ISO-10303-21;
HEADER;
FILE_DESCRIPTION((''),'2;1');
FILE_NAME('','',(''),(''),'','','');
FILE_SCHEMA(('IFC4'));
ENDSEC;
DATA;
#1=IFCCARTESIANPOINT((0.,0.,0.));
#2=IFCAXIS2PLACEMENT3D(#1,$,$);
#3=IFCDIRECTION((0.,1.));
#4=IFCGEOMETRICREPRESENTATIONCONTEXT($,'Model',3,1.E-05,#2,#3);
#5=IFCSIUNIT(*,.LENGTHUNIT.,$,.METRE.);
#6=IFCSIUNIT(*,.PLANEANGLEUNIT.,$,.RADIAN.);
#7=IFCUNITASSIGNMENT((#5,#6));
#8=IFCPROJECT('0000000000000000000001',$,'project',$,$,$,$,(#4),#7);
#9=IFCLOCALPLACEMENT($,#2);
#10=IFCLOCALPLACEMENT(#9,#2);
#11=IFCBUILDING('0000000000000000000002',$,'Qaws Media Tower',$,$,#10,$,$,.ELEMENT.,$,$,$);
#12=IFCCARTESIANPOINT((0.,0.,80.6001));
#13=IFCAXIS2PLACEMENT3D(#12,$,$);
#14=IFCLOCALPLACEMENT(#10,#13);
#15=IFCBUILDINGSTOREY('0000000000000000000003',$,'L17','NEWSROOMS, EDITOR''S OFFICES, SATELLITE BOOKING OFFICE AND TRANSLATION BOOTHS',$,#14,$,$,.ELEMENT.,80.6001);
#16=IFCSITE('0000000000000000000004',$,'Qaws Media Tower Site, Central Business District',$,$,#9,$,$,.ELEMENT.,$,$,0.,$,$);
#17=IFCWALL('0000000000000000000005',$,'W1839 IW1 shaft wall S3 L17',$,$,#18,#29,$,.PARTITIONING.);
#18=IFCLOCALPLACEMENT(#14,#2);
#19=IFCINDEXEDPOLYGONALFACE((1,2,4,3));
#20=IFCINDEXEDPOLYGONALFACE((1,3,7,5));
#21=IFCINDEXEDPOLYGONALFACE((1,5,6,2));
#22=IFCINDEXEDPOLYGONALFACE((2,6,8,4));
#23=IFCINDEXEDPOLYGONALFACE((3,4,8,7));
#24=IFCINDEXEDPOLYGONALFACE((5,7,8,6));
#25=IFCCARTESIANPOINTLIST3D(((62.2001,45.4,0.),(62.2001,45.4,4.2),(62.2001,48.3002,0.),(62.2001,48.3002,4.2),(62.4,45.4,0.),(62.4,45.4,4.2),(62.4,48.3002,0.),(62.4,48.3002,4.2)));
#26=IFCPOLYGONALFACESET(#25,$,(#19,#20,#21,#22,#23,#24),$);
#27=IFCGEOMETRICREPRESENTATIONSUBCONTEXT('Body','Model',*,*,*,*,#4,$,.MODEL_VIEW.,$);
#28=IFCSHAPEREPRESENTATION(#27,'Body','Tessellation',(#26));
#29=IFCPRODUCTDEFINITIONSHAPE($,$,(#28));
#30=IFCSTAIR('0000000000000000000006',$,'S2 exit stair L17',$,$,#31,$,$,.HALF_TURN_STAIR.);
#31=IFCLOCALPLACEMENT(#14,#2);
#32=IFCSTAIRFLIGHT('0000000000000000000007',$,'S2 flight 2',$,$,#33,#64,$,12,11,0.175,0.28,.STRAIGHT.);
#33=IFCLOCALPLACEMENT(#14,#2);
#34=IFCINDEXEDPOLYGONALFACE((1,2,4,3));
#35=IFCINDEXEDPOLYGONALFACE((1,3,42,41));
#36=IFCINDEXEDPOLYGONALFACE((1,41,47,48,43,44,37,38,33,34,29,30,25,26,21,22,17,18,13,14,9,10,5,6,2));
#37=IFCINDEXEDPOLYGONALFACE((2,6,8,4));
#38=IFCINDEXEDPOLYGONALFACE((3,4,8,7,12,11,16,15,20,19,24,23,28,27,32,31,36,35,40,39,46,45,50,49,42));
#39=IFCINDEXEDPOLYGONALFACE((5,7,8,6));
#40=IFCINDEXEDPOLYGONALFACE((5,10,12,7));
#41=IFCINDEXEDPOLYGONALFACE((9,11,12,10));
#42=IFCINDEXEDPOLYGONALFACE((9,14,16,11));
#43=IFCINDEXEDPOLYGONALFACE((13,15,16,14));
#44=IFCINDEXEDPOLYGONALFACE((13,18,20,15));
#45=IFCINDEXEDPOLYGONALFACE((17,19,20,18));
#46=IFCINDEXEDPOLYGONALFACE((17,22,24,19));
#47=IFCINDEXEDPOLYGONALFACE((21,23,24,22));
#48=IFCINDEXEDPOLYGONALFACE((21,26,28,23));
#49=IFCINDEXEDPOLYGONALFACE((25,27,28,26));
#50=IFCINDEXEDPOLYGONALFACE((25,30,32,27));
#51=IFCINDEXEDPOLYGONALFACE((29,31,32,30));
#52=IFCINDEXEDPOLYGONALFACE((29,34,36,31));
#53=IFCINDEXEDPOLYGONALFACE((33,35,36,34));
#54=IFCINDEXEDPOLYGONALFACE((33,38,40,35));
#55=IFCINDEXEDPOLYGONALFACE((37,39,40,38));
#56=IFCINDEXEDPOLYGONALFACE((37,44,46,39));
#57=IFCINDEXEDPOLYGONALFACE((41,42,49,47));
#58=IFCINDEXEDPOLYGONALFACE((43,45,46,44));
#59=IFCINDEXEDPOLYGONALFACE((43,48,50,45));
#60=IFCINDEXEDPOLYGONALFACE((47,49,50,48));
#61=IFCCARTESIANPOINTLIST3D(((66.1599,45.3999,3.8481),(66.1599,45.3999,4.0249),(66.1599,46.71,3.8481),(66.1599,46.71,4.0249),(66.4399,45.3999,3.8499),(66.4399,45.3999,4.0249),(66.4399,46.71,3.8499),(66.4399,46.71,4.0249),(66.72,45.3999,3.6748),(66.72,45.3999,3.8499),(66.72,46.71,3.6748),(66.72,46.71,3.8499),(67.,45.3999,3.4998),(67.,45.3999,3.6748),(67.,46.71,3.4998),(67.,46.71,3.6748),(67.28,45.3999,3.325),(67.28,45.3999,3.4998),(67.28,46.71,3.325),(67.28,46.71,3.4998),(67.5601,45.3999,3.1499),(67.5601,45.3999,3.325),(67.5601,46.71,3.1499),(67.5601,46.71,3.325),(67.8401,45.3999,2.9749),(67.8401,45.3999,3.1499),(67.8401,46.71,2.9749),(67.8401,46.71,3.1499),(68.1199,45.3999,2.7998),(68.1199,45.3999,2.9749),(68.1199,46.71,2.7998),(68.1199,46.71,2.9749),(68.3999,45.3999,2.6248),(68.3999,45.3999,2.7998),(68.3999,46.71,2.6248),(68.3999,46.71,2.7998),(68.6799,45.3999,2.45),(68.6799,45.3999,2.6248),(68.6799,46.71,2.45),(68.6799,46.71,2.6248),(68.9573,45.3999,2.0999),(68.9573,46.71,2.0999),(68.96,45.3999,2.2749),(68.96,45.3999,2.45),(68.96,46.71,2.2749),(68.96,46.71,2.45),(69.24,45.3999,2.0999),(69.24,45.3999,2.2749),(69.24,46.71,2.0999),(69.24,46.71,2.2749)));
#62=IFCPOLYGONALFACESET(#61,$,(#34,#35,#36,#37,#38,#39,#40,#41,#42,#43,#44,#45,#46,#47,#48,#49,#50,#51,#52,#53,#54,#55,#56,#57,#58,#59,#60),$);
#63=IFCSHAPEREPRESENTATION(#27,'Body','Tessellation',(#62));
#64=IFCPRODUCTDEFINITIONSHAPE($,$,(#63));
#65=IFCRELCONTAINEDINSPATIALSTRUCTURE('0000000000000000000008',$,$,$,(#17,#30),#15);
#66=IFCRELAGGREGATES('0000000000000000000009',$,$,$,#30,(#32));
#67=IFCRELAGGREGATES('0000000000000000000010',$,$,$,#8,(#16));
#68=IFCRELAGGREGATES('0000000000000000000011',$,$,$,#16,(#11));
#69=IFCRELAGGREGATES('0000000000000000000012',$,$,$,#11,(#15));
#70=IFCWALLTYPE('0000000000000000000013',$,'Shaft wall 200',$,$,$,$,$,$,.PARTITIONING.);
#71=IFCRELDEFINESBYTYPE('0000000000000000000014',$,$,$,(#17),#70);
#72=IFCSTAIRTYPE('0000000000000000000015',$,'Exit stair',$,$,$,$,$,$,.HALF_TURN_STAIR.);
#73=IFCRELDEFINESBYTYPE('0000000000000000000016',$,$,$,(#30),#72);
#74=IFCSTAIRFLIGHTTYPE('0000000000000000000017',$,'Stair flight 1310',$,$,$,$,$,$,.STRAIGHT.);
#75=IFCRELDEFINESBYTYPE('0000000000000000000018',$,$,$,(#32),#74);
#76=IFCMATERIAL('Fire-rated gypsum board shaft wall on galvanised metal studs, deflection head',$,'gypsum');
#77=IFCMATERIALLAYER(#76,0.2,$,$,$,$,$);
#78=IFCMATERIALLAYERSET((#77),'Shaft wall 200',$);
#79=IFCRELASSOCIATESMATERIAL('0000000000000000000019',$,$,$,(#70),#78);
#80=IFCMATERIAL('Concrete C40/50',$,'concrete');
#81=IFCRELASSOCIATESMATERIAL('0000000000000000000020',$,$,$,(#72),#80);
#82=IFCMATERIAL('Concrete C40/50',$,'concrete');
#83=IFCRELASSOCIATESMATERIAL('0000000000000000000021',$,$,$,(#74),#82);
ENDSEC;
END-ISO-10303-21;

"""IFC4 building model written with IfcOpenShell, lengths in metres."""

from ifc_helpers import new_model, si_unit, direction, frame, frame_2d, origin, place, context, subcontext, project, spatial, polyline, rectangle, outline, extrude, material, layer, layer_set, type_object, element, aggregate, save


model = new_model("IFC4")

# Units and contexts
model_context = context("Model", 3, precision=1e-05, world=origin(), true_north=direction((0.0, 1.0)))
body_context = subcontext(model_context, "Body", "Model", "MODEL_VIEW")
ifc_project = project(units=[si_unit("LENGTHUNIT", "METRE"), si_unit("PLANEANGLEUNIT", "RADIAN")], contexts=[model_context])

# Site, building, storey
site_placement = place(None, origin())
site = spatial("IfcSite", under=ifc_project, at=site_placement, Name="Qaws Media Tower Site, Central Business District", CompositionType="ELEMENT", RefElevation=0.0)
building_placement = place(site_placement, origin())
building = spatial("IfcBuilding", under=site, at=building_placement, Name="Qaws Media Tower", CompositionType="ELEMENT")
storey_placement = place(building_placement, frame((0.0, 0.0, 80.6001)))
storey = spatial("IfcBuildingStorey", under=building, at=storey_placement, Name="L17", Description="NEWSROOMS, EDITOR'S OFFICES, SATELLITE BOOKING OFFICE AND TRANSLATION BOOTHS", CompositionType="ELEMENT", Elevation=80.6001)

# Wall
ifc_material_1 = material(Name="Fire-rated gypsum board shaft wall on galvanised metal studs, deflection head", Category="gypsum")
ifc_layer_1 = layer(ifc_material_1, 0.2)
ifc_layer_set_1 = layer_set([ifc_layer_1], Name="Shaft wall 200")
wall_type_1 = type_object("IfcWallType", Name="Shaft wall 200", PredefinedType="PARTITIONING", material=ifc_layer_set_1)
for number, where, z_axis, x_axis, name in (
    (1, (62.3, 45.3999, 0.0), (0.0, 0.0, 1.0), (0.0, 1.0, 0.0), "W1839 IW1 shaft wall S3 L17"),
):
    element("IfcWall", number, at=place(storey_placement, frame(where, z_axis=z_axis, x_axis=x_axis)), inside=storey, type_object=wall_type_1, Name=name, PredefinedType="PARTITIONING", context=body_context, shape_type="SweptSolid", body=[
        extrude(rectangle(XDim=2.9001, YDim=0.2, at=frame_2d((1.4502, 0.0))), origin(), (0.0, 0.0, 1.0), 4.2),
    ])

# Stair, stair flight
ifc_material_2 = material(Name="Concrete C40/50", Category="concrete")
stair_type = type_object("IfcStairType", Name="Exit stair", PredefinedType="HALF_TURN_STAIR", material=ifc_material_2)
stair_placement = place(storey_placement, origin())
stair = element("IfcStair", 2, at=stair_placement, inside=storey, type_object=stair_type, Name="S2 exit stair L17", PredefinedType="HALF_TURN_STAIR")
ifc_material_3 = material(Name="Concrete C40/50", Category="concrete")
stair_flight_type = type_object("IfcStairFlightType", Name="Stair flight 1310", PredefinedType="STRAIGHT", material=ifc_material_3)
stair_flight_placement = place(storey_placement, frame((69.24, 46.0549, 2.0999), z_axis=(0.0, 0.0, 1.0), x_axis=(-1.0, 0.0, 0.0)))
stair_flight = element("IfcStairFlight", 3, at=stair_flight_placement, type_object=stair_flight_type, Name="S2 flight 2", NumberOfRisers=12, NumberOfTreads=11, PredefinedType="STRAIGHT", RiserHeight=0.175, TreadLength=0.28, context=body_context, shape_type="SweptSolid", body=[
    extrude(outline(polyline([(0.0, 0.0), (0.0, 0.175), (0.28, 0.175), (0.28, 0.3501), (0.5601, 0.3501), (0.5601, 0.5249), (0.8401, 0.5249), (0.8401, 0.7), (1.1201, 0.7), (1.1201, 0.875), (1.3999, 0.875), (1.3999, 1.05), (1.6799, 1.05), (1.6799, 1.2251), (1.96, 1.2251), (1.96, 1.3999), (2.24, 1.3999), (2.24, 1.575), (2.52, 1.575), (2.52, 1.75), (2.8, 1.75), (2.8, 1.925), (3.0801, 1.925), (3.0801, 2.1001), (3.0801, 1.7483), (0.2827, 0.0), (0.0, 0.0)])), frame((0.0, 0.655, 0.0), z_axis=(0.0, -1.0, 0.0), x_axis=(1.0, 0.0, 0.0)), (0.0, 0.0, 1.0), 1.3101),
])
aggregate(stair, [stair_flight])

save(model, "model.ifc")
